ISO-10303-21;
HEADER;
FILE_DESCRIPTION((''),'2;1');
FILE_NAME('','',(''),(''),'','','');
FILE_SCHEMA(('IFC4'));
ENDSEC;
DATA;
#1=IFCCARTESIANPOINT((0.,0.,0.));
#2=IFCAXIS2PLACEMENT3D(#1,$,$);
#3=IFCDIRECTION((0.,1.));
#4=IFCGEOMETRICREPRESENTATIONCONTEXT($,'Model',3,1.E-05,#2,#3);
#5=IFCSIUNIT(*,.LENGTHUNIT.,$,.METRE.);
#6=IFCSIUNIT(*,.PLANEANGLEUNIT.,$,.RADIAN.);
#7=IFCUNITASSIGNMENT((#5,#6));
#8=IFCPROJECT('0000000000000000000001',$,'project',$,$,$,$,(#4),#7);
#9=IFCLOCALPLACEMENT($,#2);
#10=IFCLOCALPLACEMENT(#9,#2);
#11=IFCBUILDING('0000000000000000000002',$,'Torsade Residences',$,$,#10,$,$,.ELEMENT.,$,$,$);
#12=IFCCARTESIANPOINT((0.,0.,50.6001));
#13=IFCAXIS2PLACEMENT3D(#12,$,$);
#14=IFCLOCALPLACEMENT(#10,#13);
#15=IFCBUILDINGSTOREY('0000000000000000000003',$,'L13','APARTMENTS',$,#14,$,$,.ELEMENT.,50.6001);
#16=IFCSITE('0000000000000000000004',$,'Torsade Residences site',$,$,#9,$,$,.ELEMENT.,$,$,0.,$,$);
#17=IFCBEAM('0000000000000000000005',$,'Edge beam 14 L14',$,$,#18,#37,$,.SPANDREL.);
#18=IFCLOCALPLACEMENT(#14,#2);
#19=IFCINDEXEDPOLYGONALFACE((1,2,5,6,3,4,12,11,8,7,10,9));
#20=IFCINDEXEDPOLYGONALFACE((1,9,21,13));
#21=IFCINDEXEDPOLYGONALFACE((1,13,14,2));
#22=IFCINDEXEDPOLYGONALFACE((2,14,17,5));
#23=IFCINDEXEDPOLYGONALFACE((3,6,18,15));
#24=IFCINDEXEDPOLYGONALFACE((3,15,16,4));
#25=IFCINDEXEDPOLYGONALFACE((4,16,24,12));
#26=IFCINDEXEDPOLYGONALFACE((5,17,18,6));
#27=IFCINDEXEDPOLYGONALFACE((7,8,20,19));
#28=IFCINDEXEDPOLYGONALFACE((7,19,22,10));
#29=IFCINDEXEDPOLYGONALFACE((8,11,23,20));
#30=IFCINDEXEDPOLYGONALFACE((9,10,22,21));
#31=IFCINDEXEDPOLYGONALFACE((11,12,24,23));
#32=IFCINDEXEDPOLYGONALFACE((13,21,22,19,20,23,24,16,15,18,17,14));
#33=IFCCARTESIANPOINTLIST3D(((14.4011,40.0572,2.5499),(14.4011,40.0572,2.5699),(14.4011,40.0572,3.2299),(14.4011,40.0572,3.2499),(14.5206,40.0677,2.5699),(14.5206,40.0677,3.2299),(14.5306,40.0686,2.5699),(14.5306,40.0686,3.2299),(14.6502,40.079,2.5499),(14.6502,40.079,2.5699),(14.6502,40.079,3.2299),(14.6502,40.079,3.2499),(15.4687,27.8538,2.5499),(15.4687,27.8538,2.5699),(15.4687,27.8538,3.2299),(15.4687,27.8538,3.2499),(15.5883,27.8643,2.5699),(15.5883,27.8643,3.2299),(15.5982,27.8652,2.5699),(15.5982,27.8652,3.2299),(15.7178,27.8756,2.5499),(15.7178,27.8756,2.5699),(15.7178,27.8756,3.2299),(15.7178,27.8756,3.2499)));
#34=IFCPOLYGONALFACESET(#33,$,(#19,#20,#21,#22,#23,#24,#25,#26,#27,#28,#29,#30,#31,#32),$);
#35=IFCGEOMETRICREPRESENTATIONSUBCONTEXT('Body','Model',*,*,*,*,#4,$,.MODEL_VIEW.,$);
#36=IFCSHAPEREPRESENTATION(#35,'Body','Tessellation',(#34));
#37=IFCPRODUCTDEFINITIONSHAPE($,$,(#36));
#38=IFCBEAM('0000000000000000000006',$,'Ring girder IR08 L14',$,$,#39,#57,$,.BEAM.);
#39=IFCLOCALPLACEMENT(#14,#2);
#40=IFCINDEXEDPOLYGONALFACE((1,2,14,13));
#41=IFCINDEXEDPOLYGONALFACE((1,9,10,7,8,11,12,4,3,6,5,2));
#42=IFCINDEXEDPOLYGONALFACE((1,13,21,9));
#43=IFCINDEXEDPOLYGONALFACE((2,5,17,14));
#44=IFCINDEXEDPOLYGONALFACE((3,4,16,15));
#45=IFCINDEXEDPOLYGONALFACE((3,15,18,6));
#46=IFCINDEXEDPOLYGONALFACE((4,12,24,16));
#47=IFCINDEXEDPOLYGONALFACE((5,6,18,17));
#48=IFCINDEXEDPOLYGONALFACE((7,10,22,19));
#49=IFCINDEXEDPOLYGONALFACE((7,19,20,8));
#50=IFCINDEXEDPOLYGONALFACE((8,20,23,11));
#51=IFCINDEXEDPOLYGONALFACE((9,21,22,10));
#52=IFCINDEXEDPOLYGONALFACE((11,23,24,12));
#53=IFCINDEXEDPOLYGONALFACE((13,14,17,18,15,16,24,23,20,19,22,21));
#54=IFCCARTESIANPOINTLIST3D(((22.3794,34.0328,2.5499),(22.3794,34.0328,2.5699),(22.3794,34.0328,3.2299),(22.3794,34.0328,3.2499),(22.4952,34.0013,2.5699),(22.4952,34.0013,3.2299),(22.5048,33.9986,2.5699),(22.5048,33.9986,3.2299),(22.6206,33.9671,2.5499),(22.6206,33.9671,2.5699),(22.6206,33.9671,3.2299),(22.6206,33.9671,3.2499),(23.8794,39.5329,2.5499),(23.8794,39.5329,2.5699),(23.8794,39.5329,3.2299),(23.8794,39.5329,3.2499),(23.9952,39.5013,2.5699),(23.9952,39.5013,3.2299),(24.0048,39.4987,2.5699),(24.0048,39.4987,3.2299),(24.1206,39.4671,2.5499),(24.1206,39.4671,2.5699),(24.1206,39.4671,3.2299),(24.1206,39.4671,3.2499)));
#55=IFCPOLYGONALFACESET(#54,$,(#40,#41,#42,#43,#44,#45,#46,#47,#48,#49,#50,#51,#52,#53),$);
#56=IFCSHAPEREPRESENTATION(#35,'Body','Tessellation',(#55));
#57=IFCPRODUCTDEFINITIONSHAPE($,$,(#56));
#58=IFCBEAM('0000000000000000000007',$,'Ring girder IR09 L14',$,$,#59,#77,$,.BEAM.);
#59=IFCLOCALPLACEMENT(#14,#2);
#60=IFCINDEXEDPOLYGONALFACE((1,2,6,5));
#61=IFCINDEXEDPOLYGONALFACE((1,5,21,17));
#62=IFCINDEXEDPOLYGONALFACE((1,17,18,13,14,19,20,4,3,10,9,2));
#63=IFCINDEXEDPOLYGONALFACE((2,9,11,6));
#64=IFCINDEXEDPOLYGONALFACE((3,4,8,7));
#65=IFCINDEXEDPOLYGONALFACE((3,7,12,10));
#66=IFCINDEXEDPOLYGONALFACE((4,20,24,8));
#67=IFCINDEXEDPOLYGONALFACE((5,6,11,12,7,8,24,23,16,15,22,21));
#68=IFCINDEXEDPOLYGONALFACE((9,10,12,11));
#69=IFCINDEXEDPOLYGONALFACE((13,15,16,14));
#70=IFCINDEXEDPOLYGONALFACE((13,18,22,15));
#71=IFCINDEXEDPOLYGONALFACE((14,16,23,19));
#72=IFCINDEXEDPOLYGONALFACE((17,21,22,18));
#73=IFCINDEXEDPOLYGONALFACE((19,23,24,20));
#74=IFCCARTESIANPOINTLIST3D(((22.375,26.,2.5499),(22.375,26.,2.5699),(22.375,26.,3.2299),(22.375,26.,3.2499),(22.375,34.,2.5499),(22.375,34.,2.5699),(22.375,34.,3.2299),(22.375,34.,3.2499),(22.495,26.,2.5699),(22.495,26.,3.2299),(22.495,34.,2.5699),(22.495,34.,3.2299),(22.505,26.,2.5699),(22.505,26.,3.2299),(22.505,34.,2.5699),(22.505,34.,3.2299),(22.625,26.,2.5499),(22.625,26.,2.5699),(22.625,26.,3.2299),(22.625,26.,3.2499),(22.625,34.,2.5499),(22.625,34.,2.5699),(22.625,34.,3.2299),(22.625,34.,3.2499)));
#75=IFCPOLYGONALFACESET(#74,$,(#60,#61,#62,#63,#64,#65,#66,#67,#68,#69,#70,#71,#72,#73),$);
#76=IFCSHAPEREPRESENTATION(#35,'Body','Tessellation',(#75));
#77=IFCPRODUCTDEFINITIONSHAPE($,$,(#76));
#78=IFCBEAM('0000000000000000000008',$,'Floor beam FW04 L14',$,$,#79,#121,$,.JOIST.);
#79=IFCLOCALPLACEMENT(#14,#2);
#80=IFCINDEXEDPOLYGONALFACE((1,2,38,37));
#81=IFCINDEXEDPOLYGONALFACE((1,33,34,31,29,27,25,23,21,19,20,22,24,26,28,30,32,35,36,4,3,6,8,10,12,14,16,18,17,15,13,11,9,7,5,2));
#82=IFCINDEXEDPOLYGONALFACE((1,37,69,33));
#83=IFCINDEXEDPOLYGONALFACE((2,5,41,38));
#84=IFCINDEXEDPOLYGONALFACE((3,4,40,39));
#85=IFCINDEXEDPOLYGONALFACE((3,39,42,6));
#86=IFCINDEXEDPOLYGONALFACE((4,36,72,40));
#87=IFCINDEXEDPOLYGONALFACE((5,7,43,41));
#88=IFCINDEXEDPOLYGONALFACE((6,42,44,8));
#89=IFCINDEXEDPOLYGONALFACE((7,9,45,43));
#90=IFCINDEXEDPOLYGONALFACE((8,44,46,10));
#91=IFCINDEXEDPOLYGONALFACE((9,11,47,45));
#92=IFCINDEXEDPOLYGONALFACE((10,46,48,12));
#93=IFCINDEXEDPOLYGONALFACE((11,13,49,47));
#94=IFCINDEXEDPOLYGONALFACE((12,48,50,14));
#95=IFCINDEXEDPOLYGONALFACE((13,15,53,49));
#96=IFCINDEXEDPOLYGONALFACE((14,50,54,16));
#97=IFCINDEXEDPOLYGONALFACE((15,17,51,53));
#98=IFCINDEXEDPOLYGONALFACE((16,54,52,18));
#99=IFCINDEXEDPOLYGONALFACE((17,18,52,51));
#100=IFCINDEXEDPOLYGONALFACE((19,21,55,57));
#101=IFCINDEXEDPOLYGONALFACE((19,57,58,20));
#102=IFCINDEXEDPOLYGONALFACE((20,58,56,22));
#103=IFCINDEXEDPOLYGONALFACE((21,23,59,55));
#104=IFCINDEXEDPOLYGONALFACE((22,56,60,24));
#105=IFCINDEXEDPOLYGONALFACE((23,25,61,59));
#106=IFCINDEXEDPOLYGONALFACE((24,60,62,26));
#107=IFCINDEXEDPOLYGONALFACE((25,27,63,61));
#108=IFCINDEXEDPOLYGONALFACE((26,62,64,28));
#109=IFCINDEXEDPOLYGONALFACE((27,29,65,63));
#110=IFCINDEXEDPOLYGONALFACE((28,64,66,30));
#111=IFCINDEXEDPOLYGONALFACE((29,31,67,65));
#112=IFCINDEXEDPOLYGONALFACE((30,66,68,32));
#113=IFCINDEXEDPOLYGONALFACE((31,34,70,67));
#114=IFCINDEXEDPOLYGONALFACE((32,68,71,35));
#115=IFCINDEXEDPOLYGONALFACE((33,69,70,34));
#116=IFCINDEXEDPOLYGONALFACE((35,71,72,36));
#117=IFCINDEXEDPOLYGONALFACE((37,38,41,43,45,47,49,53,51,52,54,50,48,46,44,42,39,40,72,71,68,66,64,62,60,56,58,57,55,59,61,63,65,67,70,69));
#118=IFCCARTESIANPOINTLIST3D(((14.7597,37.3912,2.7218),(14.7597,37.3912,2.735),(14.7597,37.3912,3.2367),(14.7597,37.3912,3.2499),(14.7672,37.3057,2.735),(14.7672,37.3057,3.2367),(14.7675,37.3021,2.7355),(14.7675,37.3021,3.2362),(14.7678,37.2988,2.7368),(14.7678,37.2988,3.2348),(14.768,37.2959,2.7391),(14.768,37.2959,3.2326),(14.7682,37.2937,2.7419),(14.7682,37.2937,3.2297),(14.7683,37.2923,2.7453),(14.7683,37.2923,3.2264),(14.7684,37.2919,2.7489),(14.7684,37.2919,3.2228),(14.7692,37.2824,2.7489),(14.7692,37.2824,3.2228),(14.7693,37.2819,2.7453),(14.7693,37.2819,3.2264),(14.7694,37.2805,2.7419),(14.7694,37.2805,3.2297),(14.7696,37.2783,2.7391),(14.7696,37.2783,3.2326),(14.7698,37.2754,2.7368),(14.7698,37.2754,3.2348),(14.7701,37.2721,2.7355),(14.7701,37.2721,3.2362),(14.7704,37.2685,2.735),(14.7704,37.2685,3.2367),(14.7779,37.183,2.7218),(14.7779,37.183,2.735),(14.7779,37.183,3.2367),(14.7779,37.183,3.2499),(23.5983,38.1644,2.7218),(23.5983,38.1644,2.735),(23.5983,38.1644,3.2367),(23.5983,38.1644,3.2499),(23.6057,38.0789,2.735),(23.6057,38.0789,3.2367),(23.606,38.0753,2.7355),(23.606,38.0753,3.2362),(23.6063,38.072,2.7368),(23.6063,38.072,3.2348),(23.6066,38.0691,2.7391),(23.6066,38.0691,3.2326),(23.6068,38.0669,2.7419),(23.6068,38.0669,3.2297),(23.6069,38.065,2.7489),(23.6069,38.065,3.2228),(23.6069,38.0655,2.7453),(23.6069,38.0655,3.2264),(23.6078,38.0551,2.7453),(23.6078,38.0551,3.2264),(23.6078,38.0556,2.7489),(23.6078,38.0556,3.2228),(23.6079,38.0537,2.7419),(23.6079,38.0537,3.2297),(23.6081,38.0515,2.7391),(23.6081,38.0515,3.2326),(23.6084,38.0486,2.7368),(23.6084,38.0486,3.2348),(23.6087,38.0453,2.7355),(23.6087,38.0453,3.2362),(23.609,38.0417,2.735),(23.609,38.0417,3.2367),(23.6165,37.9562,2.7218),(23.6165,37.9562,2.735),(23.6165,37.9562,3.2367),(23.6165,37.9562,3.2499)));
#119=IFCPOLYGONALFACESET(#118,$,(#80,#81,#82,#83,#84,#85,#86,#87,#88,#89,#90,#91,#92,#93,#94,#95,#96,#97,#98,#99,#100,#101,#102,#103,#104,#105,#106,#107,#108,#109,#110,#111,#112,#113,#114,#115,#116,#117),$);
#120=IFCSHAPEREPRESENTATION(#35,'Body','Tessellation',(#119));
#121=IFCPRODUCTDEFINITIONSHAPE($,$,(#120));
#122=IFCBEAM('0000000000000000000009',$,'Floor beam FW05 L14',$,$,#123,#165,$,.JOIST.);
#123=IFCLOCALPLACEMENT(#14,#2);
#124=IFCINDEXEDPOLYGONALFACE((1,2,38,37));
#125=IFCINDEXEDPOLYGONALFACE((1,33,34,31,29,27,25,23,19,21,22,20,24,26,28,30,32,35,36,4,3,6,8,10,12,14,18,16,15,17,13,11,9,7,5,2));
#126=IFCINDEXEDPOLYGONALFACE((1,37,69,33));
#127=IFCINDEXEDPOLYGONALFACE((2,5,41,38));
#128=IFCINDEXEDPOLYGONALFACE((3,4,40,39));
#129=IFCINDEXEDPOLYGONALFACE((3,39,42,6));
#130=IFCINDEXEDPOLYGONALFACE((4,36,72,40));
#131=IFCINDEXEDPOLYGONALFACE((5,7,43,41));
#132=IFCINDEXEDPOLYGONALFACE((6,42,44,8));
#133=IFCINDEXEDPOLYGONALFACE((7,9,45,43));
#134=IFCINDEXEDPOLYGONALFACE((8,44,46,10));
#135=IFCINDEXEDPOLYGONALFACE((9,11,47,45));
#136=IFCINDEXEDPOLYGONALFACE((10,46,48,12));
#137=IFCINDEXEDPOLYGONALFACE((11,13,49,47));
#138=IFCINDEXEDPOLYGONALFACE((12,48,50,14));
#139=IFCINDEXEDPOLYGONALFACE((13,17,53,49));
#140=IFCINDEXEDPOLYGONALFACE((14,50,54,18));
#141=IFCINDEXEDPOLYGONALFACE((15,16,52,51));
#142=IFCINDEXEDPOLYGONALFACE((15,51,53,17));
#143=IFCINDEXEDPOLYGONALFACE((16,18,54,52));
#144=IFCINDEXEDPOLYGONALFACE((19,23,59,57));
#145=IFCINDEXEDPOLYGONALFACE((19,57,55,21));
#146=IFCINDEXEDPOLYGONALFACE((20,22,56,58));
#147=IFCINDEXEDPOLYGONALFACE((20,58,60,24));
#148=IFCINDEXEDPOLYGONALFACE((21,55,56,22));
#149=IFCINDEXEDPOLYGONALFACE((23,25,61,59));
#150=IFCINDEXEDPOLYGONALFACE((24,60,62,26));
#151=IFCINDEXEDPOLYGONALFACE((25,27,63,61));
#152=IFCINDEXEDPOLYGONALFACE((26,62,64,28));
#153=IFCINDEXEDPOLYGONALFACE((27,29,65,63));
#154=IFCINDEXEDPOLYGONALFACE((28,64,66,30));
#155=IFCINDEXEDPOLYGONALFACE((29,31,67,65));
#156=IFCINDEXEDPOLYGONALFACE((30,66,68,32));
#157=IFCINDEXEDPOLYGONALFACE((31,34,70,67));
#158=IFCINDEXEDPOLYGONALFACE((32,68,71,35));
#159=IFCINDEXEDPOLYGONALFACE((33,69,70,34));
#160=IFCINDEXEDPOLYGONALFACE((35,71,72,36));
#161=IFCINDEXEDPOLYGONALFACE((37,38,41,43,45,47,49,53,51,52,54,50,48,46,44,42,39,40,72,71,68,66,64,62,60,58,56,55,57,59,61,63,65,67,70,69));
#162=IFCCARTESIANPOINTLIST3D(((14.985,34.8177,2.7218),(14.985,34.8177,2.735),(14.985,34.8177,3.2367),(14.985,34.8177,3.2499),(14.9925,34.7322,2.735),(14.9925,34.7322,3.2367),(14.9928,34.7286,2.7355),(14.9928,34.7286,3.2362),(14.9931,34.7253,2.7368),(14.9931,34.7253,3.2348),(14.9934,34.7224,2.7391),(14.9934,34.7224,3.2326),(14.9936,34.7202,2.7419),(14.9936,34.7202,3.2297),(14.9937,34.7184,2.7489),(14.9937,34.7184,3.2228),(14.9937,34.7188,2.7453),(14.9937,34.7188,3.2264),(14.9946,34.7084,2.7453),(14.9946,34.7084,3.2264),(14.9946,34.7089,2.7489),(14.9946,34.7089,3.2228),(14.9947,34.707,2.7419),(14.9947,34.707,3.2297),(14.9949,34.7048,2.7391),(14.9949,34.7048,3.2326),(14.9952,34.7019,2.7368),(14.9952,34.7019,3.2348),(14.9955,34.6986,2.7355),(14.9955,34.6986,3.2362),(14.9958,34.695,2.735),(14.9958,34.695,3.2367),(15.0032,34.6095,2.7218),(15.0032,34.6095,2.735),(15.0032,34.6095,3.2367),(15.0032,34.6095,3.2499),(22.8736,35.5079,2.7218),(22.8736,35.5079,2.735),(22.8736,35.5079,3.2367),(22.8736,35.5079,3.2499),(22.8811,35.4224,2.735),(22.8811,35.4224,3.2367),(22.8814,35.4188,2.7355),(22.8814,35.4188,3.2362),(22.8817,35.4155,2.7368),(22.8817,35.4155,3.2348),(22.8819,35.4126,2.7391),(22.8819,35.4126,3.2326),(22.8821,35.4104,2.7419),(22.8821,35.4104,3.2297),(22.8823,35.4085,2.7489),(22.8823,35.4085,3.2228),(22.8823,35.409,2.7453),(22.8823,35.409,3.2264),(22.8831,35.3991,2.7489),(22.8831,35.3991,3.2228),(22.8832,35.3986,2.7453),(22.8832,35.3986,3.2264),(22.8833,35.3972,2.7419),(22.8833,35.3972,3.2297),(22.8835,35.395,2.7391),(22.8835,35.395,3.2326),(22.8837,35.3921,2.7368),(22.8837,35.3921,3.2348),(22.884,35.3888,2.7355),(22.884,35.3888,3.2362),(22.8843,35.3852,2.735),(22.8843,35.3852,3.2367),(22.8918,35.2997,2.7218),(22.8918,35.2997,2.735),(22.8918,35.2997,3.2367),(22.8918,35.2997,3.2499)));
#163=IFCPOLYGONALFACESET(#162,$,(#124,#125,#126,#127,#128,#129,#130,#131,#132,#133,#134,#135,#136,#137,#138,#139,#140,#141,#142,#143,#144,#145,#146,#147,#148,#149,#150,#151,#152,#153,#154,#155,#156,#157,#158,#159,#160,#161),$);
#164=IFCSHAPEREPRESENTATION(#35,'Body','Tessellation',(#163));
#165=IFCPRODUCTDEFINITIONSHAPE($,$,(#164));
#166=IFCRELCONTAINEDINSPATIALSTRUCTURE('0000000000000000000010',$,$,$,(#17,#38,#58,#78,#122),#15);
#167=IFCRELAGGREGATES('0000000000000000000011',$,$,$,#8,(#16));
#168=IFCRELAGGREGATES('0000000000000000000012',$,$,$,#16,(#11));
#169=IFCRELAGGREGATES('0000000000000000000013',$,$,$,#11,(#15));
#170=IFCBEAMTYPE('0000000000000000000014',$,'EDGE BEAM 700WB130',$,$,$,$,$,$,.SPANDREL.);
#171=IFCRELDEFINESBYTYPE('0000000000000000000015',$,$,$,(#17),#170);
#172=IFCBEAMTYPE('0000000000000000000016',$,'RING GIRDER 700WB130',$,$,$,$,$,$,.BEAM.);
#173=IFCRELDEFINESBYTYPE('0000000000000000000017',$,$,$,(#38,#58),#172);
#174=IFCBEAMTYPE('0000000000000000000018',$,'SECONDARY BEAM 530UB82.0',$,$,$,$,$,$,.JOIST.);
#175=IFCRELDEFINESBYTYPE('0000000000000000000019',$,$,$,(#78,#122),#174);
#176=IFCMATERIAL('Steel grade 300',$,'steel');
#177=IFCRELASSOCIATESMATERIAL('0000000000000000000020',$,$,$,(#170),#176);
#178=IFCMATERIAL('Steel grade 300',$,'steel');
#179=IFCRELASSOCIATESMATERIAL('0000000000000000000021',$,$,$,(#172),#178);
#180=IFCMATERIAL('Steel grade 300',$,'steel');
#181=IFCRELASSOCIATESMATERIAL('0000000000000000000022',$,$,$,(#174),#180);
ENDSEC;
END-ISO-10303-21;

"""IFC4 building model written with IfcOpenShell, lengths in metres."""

from ifc_helpers import new_model, si_unit, direction, frame, origin, origin_2d, place, context, subcontext, project, spatial, i_section, extrude, material, material_profile, profile_set, type_object, element, save


model = new_model("IFC4")

# Units and contexts
model_context = context("Model", 3, precision=1e-05, world=origin(), true_north=direction((0.0, 1.0)))
body_context = subcontext(model_context, "Body", "Model", "MODEL_VIEW")
ifc_project = project(units=[si_unit("LENGTHUNIT", "METRE"), si_unit("PLANEANGLEUNIT", "RADIAN")], contexts=[model_context])

# Site, building, storey
site_placement = place(None, origin())
site = spatial("IfcSite", under=ifc_project, at=site_placement, Name="Torsade Residences site", CompositionType="ELEMENT", RefElevation=0.0)
building_placement = place(site_placement, origin())
building = spatial("IfcBuilding", under=site, at=building_placement, Name="Torsade Residences", CompositionType="ELEMENT")
storey_placement = place(building_placement, frame((0.0, 0.0, 50.6001)))
storey = spatial("IfcBuildingStorey", under=building, at=storey_placement, Name="L13", Description="APARTMENTS", CompositionType="ELEMENT", Elevation=50.6001)

# Beams
ifc_material_1 = material(Name="Steel grade 300", Category="steel")
ifc_material_profile_1 = material_profile(ifc_material_1, i_section(OverallWidth=0.25, OverallDepth=0.7, WebThickness=0.01, FlangeThickness=0.02, at=origin_2d()), Name="700WB130")
ifc_profile_set_1 = profile_set([ifc_material_profile_1], Name="Steel grade 300")
beam_type_1 = type_object("IfcBeamType", Name="EDGE BEAM 700WB130", PredefinedType="SPANDREL", material=ifc_profile_set_1)
beam_1_placement = place(storey_placement, frame((14.5256, 40.0681, 2.8999), z_axis=(0.087153, -0.996195, 0.0), x_axis=(0.996195, 0.087153, 0.0)))
element("IfcBeam", 1, at=beam_1_placement, inside=storey, type_object=beam_type_1, Name="Edge beam 14 L14", PredefinedType="SPANDREL", context=body_context, shape_type="SweptSolid", body=[
    extrude(i_section(OverallWidth=0.25, OverallDepth=0.7, WebThickness=0.01, FlangeThickness=0.02, at=origin_2d()), origin(), (0.0, 0.0, 1.0), 12.25),
])
ifc_material_2 = material(Name="Steel grade 300", Category="steel")
ifc_material_profile_2 = material_profile(ifc_material_2, i_section(OverallWidth=0.25, OverallDepth=0.7, WebThickness=0.01, FlangeThickness=0.02, at=origin_2d()), Name="700WB130")
ifc_profile_set_2 = profile_set([ifc_material_profile_2], Name="Steel grade 300")
beam_type_2 = type_object("IfcBeamType", Name="RING GIRDER 700WB130", PredefinedType="BEAM", material=ifc_profile_set_2)
beam_2_placement = place(storey_placement, frame((24.0, 39.5, 2.8999), z_axis=(-0.263117, -0.964764, 0.0), x_axis=(0.964764, -0.263117, 0.0)))
element("IfcBeam", 2, at=beam_2_placement, inside=storey, type_object=beam_type_2, Name="Ring girder IR08 L14", PredefinedType="BEAM", context=body_context, shape_type="SweptSolid", body=[
    extrude(i_section(OverallWidth=0.25, OverallDepth=0.7, WebThickness=0.01, FlangeThickness=0.02, at=origin_2d()), origin(), (0.0, 0.0, 1.0), 5.7009),
])
beam_3_placement = place(storey_placement, frame((22.5, 34.0, 2.8999), z_axis=(0.0, -1.0, 0.0), x_axis=(1.0, 0.0, 0.0)))
element("IfcBeam", 3, at=beam_3_placement, inside=storey, type_object=beam_type_2, Name="Ring girder IR09 L14", PredefinedType="BEAM", context=body_context, shape_type="SweptSolid", body=[
    extrude(i_section(OverallWidth=0.25, OverallDepth=0.7, WebThickness=0.01, FlangeThickness=0.02, at=origin_2d()), origin(), (0.0, 0.0, 1.0), 8.0),
])
ifc_material_3 = material(Name="Steel grade 300", Category="steel")
ifc_material_profile_3 = material_profile(ifc_material_3, i_section(OverallWidth=0.209, OverallDepth=0.5281, WebThickness=0.0095, FlangeThickness=0.0132, FilletRadius=0.0139, at=origin_2d()), Name="530UB82.0")
ifc_profile_set_3 = profile_set([ifc_material_profile_3], Name="Steel grade 300")
beam_type_3 = type_object("IfcBeamType", Name="SECONDARY BEAM 530UB82.0", PredefinedType="JOIST", material=ifc_profile_set_3)
beam_4_placement = place(storey_placement, frame((14.7688, 37.2871, 2.9858), z_axis=(0.996196, 0.087146, 0.0), x_axis=(-0.087146, 0.996196, 0.0)))
element("IfcBeam", 4, at=beam_4_placement, inside=storey, type_object=beam_type_3, Name="Floor beam FW04 L14", PredefinedType="JOIST", context=body_context, shape_type="SweptSolid", body=[
    extrude(i_section(OverallWidth=0.209, OverallDepth=0.5281, WebThickness=0.0095, FlangeThickness=0.0132, FilletRadius=0.0139, at=origin_2d()), origin(), (0.0, 0.0, 1.0), 8.8723),
])
beam_5_placement = place(storey_placement, frame((14.9941, 34.7136, 2.9858), z_axis=(0.996195, 0.087158, 0.0), x_axis=(-0.087158, 0.996195, 0.0)))
element("IfcBeam", 5, at=beam_5_placement, inside=storey, type_object=beam_type_3, Name="Floor beam FW05 L14", PredefinedType="JOIST", context=body_context, shape_type="SweptSolid", body=[
    extrude(i_section(OverallWidth=0.209, OverallDepth=0.5281, WebThickness=0.0095, FlangeThickness=0.0132, FilletRadius=0.0139, at=origin_2d()), origin(), (0.0, 0.0, 1.0), 7.9187),
])

save(model, "model.ifc")
